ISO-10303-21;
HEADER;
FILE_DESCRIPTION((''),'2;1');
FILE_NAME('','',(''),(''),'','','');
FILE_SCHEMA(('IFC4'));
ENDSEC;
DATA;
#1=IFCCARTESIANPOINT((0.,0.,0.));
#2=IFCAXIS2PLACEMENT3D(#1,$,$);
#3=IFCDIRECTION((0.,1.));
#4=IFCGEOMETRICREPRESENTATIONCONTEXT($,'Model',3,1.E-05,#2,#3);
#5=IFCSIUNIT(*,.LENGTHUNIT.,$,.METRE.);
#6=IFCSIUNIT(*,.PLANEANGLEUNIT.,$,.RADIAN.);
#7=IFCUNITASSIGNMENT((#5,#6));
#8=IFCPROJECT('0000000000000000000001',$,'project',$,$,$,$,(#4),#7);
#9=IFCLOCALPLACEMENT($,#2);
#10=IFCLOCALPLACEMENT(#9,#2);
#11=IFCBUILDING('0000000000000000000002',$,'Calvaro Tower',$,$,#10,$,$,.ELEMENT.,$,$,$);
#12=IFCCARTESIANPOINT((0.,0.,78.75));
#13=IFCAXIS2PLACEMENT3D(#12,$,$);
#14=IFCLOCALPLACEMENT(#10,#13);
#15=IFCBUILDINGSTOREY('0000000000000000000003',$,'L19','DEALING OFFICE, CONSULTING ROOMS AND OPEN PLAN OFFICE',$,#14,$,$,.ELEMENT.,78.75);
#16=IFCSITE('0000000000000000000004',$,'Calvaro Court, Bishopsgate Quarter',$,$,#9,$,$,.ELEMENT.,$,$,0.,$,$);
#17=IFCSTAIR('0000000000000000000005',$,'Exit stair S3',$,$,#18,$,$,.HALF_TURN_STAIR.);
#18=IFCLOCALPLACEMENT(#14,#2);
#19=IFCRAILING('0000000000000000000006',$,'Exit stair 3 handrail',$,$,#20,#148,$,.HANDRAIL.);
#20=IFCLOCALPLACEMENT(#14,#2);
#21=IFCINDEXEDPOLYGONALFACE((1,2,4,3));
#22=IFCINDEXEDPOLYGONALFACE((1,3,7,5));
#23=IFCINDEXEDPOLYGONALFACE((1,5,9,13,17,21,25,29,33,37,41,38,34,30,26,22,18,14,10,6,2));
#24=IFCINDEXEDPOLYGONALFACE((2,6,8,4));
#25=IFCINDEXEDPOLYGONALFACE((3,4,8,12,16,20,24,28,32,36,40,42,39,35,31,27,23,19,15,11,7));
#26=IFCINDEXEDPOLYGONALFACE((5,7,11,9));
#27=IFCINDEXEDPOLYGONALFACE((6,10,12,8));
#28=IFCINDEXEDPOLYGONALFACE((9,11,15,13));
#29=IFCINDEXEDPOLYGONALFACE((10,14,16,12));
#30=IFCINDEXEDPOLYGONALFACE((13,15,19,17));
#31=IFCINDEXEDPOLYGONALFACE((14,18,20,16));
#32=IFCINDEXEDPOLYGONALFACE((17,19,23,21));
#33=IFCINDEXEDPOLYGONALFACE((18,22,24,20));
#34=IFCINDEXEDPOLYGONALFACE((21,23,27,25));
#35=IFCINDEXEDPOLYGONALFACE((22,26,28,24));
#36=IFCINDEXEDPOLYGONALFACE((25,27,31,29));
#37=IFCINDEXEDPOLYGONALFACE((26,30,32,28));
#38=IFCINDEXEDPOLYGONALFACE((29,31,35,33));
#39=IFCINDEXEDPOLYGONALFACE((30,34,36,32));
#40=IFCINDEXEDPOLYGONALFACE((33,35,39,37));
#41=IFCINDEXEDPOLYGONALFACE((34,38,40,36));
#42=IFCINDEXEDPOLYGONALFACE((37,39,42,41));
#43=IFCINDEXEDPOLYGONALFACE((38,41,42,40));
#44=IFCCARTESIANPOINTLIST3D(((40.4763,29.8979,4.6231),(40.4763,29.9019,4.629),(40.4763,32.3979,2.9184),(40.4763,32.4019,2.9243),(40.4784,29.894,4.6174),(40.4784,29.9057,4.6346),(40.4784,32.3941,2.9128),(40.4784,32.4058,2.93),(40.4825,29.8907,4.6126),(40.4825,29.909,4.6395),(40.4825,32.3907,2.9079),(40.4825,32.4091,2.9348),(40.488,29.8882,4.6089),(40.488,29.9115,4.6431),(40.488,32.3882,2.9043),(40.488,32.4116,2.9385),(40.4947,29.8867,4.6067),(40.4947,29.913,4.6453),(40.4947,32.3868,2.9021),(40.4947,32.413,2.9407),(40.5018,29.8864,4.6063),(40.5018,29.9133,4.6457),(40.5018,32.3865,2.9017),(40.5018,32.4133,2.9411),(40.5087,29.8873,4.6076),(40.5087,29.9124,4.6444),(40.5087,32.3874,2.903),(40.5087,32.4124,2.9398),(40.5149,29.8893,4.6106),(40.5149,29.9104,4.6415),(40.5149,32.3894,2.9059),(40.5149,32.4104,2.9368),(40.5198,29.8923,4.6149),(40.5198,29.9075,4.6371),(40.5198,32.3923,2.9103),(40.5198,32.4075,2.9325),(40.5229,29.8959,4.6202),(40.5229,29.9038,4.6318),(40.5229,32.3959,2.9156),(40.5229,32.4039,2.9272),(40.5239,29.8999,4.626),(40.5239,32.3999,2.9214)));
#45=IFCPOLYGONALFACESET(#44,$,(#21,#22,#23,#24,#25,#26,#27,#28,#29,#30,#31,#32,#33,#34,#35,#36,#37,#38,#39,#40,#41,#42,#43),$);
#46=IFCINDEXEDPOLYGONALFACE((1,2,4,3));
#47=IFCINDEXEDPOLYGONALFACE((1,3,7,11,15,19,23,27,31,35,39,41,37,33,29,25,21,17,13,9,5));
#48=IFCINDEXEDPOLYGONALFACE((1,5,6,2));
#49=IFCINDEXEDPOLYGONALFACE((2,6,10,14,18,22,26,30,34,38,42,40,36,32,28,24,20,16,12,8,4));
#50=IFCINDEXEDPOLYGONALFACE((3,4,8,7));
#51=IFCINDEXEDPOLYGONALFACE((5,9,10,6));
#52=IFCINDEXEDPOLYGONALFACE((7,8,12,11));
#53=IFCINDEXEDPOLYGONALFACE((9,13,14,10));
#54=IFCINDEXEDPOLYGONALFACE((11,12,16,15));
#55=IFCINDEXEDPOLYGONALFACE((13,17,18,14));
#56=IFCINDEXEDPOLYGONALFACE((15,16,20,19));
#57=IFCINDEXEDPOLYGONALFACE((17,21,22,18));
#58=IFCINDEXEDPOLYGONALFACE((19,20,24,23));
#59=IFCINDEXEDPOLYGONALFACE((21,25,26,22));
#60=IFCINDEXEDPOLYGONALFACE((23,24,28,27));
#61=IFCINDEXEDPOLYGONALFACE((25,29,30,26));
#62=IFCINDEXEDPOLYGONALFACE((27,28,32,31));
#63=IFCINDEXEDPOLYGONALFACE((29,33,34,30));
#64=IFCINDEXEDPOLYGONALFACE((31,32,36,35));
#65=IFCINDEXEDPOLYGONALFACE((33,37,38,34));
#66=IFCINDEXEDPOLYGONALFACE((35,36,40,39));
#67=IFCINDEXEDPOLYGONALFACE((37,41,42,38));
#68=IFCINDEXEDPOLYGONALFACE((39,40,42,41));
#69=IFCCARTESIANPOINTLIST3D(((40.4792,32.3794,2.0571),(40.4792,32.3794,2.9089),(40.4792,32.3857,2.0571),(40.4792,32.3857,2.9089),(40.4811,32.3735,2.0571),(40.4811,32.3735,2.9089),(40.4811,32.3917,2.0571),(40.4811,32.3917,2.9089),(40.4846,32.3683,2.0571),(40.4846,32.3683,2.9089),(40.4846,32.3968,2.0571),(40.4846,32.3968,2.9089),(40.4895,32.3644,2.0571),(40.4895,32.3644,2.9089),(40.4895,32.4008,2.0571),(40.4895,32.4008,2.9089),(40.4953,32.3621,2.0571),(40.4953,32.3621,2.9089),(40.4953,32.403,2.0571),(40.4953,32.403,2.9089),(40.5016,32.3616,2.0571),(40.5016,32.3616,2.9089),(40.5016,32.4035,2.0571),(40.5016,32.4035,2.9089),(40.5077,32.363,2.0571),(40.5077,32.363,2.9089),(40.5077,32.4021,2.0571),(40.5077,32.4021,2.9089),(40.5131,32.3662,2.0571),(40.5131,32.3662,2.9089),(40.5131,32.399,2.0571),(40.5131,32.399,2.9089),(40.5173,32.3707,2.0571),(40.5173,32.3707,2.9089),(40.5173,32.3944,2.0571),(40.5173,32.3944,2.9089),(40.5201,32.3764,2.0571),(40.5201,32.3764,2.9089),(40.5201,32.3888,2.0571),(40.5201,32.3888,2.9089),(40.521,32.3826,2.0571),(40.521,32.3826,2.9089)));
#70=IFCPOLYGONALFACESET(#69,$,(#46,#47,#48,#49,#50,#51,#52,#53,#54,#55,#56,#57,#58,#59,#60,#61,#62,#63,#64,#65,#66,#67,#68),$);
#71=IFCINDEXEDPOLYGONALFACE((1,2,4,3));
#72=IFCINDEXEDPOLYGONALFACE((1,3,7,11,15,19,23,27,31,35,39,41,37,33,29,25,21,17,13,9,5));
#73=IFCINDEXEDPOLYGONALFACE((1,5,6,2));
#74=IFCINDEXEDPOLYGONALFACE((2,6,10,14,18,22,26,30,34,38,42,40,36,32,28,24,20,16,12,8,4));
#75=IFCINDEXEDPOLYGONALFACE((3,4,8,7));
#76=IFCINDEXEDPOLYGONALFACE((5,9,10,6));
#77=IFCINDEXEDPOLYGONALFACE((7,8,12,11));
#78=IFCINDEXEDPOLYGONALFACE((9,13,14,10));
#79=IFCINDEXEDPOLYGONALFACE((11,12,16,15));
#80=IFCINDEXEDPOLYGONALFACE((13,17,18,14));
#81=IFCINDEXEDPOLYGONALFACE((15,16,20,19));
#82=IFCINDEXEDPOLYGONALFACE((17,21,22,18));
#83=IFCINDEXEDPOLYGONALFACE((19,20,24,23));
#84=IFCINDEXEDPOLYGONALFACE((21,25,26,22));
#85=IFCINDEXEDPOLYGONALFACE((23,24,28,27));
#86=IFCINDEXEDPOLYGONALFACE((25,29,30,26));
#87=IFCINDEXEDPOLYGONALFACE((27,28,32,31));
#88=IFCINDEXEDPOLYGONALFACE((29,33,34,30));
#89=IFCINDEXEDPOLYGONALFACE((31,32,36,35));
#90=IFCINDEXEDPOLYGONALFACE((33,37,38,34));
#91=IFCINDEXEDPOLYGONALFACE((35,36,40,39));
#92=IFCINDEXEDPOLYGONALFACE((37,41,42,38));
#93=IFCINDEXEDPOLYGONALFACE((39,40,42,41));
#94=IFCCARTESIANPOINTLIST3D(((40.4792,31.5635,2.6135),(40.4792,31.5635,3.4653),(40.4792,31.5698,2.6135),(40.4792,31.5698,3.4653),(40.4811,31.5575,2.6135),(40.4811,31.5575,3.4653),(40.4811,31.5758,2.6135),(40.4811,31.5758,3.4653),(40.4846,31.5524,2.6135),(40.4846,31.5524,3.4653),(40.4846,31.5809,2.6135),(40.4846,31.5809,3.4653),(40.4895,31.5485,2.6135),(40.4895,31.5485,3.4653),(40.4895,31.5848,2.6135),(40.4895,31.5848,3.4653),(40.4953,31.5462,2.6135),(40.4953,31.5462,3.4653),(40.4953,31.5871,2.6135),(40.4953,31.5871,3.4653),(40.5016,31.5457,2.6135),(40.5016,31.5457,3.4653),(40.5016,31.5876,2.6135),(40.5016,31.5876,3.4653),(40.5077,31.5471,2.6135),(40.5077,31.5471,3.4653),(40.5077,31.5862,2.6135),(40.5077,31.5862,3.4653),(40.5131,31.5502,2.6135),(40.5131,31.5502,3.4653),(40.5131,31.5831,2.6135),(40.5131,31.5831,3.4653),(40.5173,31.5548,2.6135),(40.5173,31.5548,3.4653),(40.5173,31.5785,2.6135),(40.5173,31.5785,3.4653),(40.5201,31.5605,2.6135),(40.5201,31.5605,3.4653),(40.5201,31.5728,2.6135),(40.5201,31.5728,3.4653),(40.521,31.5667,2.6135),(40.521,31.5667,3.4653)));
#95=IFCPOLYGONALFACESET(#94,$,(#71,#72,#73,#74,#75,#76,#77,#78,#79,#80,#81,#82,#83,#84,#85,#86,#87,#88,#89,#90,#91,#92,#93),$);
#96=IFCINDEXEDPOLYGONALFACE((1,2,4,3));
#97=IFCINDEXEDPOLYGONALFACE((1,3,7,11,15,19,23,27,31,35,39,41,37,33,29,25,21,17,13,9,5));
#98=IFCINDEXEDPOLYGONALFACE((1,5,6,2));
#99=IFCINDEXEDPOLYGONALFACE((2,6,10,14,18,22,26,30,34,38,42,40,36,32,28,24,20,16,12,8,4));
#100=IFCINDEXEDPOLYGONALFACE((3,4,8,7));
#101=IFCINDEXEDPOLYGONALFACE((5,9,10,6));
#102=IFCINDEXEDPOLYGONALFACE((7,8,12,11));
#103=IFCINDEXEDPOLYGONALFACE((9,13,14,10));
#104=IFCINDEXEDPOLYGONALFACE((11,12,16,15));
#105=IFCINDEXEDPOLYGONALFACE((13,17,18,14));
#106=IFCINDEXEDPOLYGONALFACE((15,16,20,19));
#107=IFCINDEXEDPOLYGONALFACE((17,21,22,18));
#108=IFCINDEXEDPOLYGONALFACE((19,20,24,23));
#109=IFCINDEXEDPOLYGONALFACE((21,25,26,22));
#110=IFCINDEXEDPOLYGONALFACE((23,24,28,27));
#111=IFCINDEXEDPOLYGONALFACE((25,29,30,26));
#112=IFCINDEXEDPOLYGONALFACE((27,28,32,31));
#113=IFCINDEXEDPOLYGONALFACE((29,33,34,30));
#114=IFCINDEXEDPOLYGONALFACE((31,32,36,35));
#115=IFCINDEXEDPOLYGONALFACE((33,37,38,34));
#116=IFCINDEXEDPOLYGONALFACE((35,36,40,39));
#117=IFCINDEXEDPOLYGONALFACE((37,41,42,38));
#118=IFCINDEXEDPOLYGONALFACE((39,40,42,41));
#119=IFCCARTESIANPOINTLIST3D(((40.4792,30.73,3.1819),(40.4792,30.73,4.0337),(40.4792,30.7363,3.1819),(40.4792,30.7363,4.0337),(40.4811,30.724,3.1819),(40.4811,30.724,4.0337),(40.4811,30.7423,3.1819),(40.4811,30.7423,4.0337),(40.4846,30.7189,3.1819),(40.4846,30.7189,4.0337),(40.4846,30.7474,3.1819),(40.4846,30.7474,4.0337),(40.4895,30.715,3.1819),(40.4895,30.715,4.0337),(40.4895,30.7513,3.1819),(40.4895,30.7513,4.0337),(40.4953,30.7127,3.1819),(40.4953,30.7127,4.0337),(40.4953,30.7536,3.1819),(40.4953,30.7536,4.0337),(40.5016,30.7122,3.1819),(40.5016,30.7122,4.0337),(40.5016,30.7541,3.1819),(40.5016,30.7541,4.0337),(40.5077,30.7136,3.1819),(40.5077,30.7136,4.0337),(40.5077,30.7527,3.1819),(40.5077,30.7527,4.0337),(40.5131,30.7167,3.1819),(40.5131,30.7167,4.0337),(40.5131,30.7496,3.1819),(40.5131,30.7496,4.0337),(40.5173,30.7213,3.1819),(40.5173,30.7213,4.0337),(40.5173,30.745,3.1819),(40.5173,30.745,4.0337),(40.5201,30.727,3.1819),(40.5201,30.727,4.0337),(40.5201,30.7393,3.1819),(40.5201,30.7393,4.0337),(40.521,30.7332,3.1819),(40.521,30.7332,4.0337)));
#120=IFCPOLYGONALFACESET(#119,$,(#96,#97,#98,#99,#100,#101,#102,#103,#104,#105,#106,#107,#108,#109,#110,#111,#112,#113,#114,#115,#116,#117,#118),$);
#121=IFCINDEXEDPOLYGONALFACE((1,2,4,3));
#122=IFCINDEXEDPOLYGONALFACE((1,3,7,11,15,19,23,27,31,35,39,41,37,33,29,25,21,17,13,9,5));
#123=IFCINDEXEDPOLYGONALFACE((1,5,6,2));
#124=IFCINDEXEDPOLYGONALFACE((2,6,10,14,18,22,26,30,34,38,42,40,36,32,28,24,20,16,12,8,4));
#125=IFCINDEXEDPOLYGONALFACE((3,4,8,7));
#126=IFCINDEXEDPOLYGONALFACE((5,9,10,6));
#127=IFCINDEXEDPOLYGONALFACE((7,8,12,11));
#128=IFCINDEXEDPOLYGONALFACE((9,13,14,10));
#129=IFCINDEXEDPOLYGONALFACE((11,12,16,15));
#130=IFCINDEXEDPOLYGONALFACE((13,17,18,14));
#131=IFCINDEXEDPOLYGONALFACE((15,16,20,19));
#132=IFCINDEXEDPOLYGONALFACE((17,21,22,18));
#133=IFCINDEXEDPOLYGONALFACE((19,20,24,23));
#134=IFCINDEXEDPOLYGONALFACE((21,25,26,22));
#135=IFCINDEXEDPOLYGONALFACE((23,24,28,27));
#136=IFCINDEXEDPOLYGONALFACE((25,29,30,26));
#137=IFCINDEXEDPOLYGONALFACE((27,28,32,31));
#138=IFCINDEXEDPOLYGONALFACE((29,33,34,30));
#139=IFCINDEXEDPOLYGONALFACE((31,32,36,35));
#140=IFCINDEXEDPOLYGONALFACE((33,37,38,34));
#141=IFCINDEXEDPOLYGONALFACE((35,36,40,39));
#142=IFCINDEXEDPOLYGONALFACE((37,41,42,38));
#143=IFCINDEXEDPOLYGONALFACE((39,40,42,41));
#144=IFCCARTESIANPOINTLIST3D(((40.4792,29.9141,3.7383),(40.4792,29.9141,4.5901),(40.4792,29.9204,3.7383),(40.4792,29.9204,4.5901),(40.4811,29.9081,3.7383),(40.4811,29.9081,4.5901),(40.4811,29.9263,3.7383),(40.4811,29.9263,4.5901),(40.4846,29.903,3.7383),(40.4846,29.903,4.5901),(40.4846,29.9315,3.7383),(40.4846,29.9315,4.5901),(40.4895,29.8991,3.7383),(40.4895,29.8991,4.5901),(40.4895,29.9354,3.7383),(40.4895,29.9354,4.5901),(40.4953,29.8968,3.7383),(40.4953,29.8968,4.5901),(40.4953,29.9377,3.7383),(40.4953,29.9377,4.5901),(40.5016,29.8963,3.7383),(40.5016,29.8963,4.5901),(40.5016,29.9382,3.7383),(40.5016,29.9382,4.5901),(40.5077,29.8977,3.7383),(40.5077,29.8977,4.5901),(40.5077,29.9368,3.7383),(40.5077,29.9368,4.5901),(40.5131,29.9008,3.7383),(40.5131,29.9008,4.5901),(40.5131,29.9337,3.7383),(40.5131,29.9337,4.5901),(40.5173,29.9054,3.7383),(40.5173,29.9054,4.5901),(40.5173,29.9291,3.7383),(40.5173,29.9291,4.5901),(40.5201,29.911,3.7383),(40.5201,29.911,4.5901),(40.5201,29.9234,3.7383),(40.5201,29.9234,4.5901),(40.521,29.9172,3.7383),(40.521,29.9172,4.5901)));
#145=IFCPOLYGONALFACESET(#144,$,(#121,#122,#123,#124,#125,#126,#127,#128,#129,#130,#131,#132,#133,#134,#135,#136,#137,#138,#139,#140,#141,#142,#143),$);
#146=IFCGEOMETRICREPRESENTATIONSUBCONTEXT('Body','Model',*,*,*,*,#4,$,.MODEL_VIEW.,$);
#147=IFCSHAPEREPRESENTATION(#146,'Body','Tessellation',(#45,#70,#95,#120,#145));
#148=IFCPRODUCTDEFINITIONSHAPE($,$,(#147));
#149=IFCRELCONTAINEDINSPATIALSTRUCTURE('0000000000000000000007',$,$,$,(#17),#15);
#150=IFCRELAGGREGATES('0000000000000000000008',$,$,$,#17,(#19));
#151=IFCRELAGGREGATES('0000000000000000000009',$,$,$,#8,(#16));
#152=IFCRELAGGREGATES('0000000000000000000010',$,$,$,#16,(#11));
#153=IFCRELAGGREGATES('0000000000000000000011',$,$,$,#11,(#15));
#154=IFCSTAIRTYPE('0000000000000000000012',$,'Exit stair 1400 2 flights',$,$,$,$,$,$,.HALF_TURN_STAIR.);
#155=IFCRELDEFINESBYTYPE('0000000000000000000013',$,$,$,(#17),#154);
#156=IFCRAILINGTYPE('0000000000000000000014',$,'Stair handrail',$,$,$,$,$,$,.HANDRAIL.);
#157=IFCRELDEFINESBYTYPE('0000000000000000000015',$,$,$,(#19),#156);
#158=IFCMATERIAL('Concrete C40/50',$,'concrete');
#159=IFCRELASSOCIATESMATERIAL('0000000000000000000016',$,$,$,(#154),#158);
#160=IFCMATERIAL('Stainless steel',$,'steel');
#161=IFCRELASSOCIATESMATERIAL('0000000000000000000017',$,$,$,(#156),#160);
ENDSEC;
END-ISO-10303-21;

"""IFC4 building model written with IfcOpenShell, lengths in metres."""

from ifc_helpers import new_model, si_unit, direction, frame, origin, origin_2d, place, context, subcontext, project, spatial, circle, extrude, material, type_object, element, aggregate, save


model = new_model("IFC4")

# Units and contexts
model_context = context("Model", 3, precision=1e-05, world=origin(), true_north=direction((0.0, 1.0)))
body_context = subcontext(model_context, "Body", "Model", "MODEL_VIEW")
ifc_project = project(units=[si_unit("LENGTHUNIT", "METRE"), si_unit("PLANEANGLEUNIT", "RADIAN")], contexts=[model_context])

# Site, building, storey
site_placement = place(None, origin())
site = spatial("IfcSite", under=ifc_project, at=site_placement, Name="Calvaro Court, Bishopsgate Quarter", CompositionType="ELEMENT", RefElevation=0.0)
building_placement = place(site_placement, origin())
building = spatial("IfcBuilding", under=site, at=building_placement, Name="Calvaro Tower", CompositionType="ELEMENT")
storey_placement = place(building_placement, frame((0.0, 0.0, 78.75)))
storey = spatial("IfcBuildingStorey", under=building, at=storey_placement, Name="L19", Description="DEALING OFFICE, CONSULTING ROOMS AND OPEN PLAN OFFICE", CompositionType="ELEMENT", Elevation=78.75)

# Stair
ifc_material_1 = material(Name="Concrete C40/50", Category="concrete")
stair_type = type_object("IfcStairType", Name="Exit stair 1400 2 flights", PredefinedType="HALF_TURN_STAIR", material=ifc_material_1)
stair_1_placement = place(storey_placement, origin())
stair_1 = element("IfcStair", 1, at=stair_1_placement, inside=storey, type_object=stair_type, Name="Exit stair S3", PredefinedType="HALF_TURN_STAIR")

# Railing
ifc_material_2 = material(Name="Stainless steel", Category="steel")
railing_type = type_object("IfcRailingType", Name="Stair handrail", PredefinedType="HANDRAIL", material=ifc_material_2)
railing_1_placement = place(storey_placement, frame((40.5, 32.3999, 2.0454)))
railing_1 = element("IfcRailing", 2, at=railing_1_placement, type_object=railing_type, Name="Exit stair 3 handrail", PredefinedType="HANDRAIL", context=body_context, shape_type="SweptSolid", body=[
    extrude(circle(Radius=0.0239, at=origin_2d()), frame((0.0, 0.0, 0.876), z_axis=(0.0, -0.826221, 0.563347), x_axis=(1.0, 0.0, 0.0)), (0.0, 0.0, 1.0), 3.0259),
    extrude(circle(Radius=0.021, at=origin_2d()), frame((0.0, -0.0173, 0.0117)), (0.0, 0.0, 1.0), 0.8518),
    extrude(circle(Radius=0.021, at=origin_2d()), frame((0.0, -0.8333, 0.5681)), (0.0, 0.0, 1.0), 0.8518),
    extrude(circle(Radius=0.021, at=origin_2d()), frame((0.0, -1.6667, 1.1365)), (0.0, 0.0, 1.0), 0.8518),
    extrude(circle(Radius=0.021, at=origin_2d()), frame((0.0, -2.4827, 1.6929)), (0.0, 0.0, 1.0), 0.8518),
])
aggregate(stair_1, [railing_1])

save(model, "model.ifc")
